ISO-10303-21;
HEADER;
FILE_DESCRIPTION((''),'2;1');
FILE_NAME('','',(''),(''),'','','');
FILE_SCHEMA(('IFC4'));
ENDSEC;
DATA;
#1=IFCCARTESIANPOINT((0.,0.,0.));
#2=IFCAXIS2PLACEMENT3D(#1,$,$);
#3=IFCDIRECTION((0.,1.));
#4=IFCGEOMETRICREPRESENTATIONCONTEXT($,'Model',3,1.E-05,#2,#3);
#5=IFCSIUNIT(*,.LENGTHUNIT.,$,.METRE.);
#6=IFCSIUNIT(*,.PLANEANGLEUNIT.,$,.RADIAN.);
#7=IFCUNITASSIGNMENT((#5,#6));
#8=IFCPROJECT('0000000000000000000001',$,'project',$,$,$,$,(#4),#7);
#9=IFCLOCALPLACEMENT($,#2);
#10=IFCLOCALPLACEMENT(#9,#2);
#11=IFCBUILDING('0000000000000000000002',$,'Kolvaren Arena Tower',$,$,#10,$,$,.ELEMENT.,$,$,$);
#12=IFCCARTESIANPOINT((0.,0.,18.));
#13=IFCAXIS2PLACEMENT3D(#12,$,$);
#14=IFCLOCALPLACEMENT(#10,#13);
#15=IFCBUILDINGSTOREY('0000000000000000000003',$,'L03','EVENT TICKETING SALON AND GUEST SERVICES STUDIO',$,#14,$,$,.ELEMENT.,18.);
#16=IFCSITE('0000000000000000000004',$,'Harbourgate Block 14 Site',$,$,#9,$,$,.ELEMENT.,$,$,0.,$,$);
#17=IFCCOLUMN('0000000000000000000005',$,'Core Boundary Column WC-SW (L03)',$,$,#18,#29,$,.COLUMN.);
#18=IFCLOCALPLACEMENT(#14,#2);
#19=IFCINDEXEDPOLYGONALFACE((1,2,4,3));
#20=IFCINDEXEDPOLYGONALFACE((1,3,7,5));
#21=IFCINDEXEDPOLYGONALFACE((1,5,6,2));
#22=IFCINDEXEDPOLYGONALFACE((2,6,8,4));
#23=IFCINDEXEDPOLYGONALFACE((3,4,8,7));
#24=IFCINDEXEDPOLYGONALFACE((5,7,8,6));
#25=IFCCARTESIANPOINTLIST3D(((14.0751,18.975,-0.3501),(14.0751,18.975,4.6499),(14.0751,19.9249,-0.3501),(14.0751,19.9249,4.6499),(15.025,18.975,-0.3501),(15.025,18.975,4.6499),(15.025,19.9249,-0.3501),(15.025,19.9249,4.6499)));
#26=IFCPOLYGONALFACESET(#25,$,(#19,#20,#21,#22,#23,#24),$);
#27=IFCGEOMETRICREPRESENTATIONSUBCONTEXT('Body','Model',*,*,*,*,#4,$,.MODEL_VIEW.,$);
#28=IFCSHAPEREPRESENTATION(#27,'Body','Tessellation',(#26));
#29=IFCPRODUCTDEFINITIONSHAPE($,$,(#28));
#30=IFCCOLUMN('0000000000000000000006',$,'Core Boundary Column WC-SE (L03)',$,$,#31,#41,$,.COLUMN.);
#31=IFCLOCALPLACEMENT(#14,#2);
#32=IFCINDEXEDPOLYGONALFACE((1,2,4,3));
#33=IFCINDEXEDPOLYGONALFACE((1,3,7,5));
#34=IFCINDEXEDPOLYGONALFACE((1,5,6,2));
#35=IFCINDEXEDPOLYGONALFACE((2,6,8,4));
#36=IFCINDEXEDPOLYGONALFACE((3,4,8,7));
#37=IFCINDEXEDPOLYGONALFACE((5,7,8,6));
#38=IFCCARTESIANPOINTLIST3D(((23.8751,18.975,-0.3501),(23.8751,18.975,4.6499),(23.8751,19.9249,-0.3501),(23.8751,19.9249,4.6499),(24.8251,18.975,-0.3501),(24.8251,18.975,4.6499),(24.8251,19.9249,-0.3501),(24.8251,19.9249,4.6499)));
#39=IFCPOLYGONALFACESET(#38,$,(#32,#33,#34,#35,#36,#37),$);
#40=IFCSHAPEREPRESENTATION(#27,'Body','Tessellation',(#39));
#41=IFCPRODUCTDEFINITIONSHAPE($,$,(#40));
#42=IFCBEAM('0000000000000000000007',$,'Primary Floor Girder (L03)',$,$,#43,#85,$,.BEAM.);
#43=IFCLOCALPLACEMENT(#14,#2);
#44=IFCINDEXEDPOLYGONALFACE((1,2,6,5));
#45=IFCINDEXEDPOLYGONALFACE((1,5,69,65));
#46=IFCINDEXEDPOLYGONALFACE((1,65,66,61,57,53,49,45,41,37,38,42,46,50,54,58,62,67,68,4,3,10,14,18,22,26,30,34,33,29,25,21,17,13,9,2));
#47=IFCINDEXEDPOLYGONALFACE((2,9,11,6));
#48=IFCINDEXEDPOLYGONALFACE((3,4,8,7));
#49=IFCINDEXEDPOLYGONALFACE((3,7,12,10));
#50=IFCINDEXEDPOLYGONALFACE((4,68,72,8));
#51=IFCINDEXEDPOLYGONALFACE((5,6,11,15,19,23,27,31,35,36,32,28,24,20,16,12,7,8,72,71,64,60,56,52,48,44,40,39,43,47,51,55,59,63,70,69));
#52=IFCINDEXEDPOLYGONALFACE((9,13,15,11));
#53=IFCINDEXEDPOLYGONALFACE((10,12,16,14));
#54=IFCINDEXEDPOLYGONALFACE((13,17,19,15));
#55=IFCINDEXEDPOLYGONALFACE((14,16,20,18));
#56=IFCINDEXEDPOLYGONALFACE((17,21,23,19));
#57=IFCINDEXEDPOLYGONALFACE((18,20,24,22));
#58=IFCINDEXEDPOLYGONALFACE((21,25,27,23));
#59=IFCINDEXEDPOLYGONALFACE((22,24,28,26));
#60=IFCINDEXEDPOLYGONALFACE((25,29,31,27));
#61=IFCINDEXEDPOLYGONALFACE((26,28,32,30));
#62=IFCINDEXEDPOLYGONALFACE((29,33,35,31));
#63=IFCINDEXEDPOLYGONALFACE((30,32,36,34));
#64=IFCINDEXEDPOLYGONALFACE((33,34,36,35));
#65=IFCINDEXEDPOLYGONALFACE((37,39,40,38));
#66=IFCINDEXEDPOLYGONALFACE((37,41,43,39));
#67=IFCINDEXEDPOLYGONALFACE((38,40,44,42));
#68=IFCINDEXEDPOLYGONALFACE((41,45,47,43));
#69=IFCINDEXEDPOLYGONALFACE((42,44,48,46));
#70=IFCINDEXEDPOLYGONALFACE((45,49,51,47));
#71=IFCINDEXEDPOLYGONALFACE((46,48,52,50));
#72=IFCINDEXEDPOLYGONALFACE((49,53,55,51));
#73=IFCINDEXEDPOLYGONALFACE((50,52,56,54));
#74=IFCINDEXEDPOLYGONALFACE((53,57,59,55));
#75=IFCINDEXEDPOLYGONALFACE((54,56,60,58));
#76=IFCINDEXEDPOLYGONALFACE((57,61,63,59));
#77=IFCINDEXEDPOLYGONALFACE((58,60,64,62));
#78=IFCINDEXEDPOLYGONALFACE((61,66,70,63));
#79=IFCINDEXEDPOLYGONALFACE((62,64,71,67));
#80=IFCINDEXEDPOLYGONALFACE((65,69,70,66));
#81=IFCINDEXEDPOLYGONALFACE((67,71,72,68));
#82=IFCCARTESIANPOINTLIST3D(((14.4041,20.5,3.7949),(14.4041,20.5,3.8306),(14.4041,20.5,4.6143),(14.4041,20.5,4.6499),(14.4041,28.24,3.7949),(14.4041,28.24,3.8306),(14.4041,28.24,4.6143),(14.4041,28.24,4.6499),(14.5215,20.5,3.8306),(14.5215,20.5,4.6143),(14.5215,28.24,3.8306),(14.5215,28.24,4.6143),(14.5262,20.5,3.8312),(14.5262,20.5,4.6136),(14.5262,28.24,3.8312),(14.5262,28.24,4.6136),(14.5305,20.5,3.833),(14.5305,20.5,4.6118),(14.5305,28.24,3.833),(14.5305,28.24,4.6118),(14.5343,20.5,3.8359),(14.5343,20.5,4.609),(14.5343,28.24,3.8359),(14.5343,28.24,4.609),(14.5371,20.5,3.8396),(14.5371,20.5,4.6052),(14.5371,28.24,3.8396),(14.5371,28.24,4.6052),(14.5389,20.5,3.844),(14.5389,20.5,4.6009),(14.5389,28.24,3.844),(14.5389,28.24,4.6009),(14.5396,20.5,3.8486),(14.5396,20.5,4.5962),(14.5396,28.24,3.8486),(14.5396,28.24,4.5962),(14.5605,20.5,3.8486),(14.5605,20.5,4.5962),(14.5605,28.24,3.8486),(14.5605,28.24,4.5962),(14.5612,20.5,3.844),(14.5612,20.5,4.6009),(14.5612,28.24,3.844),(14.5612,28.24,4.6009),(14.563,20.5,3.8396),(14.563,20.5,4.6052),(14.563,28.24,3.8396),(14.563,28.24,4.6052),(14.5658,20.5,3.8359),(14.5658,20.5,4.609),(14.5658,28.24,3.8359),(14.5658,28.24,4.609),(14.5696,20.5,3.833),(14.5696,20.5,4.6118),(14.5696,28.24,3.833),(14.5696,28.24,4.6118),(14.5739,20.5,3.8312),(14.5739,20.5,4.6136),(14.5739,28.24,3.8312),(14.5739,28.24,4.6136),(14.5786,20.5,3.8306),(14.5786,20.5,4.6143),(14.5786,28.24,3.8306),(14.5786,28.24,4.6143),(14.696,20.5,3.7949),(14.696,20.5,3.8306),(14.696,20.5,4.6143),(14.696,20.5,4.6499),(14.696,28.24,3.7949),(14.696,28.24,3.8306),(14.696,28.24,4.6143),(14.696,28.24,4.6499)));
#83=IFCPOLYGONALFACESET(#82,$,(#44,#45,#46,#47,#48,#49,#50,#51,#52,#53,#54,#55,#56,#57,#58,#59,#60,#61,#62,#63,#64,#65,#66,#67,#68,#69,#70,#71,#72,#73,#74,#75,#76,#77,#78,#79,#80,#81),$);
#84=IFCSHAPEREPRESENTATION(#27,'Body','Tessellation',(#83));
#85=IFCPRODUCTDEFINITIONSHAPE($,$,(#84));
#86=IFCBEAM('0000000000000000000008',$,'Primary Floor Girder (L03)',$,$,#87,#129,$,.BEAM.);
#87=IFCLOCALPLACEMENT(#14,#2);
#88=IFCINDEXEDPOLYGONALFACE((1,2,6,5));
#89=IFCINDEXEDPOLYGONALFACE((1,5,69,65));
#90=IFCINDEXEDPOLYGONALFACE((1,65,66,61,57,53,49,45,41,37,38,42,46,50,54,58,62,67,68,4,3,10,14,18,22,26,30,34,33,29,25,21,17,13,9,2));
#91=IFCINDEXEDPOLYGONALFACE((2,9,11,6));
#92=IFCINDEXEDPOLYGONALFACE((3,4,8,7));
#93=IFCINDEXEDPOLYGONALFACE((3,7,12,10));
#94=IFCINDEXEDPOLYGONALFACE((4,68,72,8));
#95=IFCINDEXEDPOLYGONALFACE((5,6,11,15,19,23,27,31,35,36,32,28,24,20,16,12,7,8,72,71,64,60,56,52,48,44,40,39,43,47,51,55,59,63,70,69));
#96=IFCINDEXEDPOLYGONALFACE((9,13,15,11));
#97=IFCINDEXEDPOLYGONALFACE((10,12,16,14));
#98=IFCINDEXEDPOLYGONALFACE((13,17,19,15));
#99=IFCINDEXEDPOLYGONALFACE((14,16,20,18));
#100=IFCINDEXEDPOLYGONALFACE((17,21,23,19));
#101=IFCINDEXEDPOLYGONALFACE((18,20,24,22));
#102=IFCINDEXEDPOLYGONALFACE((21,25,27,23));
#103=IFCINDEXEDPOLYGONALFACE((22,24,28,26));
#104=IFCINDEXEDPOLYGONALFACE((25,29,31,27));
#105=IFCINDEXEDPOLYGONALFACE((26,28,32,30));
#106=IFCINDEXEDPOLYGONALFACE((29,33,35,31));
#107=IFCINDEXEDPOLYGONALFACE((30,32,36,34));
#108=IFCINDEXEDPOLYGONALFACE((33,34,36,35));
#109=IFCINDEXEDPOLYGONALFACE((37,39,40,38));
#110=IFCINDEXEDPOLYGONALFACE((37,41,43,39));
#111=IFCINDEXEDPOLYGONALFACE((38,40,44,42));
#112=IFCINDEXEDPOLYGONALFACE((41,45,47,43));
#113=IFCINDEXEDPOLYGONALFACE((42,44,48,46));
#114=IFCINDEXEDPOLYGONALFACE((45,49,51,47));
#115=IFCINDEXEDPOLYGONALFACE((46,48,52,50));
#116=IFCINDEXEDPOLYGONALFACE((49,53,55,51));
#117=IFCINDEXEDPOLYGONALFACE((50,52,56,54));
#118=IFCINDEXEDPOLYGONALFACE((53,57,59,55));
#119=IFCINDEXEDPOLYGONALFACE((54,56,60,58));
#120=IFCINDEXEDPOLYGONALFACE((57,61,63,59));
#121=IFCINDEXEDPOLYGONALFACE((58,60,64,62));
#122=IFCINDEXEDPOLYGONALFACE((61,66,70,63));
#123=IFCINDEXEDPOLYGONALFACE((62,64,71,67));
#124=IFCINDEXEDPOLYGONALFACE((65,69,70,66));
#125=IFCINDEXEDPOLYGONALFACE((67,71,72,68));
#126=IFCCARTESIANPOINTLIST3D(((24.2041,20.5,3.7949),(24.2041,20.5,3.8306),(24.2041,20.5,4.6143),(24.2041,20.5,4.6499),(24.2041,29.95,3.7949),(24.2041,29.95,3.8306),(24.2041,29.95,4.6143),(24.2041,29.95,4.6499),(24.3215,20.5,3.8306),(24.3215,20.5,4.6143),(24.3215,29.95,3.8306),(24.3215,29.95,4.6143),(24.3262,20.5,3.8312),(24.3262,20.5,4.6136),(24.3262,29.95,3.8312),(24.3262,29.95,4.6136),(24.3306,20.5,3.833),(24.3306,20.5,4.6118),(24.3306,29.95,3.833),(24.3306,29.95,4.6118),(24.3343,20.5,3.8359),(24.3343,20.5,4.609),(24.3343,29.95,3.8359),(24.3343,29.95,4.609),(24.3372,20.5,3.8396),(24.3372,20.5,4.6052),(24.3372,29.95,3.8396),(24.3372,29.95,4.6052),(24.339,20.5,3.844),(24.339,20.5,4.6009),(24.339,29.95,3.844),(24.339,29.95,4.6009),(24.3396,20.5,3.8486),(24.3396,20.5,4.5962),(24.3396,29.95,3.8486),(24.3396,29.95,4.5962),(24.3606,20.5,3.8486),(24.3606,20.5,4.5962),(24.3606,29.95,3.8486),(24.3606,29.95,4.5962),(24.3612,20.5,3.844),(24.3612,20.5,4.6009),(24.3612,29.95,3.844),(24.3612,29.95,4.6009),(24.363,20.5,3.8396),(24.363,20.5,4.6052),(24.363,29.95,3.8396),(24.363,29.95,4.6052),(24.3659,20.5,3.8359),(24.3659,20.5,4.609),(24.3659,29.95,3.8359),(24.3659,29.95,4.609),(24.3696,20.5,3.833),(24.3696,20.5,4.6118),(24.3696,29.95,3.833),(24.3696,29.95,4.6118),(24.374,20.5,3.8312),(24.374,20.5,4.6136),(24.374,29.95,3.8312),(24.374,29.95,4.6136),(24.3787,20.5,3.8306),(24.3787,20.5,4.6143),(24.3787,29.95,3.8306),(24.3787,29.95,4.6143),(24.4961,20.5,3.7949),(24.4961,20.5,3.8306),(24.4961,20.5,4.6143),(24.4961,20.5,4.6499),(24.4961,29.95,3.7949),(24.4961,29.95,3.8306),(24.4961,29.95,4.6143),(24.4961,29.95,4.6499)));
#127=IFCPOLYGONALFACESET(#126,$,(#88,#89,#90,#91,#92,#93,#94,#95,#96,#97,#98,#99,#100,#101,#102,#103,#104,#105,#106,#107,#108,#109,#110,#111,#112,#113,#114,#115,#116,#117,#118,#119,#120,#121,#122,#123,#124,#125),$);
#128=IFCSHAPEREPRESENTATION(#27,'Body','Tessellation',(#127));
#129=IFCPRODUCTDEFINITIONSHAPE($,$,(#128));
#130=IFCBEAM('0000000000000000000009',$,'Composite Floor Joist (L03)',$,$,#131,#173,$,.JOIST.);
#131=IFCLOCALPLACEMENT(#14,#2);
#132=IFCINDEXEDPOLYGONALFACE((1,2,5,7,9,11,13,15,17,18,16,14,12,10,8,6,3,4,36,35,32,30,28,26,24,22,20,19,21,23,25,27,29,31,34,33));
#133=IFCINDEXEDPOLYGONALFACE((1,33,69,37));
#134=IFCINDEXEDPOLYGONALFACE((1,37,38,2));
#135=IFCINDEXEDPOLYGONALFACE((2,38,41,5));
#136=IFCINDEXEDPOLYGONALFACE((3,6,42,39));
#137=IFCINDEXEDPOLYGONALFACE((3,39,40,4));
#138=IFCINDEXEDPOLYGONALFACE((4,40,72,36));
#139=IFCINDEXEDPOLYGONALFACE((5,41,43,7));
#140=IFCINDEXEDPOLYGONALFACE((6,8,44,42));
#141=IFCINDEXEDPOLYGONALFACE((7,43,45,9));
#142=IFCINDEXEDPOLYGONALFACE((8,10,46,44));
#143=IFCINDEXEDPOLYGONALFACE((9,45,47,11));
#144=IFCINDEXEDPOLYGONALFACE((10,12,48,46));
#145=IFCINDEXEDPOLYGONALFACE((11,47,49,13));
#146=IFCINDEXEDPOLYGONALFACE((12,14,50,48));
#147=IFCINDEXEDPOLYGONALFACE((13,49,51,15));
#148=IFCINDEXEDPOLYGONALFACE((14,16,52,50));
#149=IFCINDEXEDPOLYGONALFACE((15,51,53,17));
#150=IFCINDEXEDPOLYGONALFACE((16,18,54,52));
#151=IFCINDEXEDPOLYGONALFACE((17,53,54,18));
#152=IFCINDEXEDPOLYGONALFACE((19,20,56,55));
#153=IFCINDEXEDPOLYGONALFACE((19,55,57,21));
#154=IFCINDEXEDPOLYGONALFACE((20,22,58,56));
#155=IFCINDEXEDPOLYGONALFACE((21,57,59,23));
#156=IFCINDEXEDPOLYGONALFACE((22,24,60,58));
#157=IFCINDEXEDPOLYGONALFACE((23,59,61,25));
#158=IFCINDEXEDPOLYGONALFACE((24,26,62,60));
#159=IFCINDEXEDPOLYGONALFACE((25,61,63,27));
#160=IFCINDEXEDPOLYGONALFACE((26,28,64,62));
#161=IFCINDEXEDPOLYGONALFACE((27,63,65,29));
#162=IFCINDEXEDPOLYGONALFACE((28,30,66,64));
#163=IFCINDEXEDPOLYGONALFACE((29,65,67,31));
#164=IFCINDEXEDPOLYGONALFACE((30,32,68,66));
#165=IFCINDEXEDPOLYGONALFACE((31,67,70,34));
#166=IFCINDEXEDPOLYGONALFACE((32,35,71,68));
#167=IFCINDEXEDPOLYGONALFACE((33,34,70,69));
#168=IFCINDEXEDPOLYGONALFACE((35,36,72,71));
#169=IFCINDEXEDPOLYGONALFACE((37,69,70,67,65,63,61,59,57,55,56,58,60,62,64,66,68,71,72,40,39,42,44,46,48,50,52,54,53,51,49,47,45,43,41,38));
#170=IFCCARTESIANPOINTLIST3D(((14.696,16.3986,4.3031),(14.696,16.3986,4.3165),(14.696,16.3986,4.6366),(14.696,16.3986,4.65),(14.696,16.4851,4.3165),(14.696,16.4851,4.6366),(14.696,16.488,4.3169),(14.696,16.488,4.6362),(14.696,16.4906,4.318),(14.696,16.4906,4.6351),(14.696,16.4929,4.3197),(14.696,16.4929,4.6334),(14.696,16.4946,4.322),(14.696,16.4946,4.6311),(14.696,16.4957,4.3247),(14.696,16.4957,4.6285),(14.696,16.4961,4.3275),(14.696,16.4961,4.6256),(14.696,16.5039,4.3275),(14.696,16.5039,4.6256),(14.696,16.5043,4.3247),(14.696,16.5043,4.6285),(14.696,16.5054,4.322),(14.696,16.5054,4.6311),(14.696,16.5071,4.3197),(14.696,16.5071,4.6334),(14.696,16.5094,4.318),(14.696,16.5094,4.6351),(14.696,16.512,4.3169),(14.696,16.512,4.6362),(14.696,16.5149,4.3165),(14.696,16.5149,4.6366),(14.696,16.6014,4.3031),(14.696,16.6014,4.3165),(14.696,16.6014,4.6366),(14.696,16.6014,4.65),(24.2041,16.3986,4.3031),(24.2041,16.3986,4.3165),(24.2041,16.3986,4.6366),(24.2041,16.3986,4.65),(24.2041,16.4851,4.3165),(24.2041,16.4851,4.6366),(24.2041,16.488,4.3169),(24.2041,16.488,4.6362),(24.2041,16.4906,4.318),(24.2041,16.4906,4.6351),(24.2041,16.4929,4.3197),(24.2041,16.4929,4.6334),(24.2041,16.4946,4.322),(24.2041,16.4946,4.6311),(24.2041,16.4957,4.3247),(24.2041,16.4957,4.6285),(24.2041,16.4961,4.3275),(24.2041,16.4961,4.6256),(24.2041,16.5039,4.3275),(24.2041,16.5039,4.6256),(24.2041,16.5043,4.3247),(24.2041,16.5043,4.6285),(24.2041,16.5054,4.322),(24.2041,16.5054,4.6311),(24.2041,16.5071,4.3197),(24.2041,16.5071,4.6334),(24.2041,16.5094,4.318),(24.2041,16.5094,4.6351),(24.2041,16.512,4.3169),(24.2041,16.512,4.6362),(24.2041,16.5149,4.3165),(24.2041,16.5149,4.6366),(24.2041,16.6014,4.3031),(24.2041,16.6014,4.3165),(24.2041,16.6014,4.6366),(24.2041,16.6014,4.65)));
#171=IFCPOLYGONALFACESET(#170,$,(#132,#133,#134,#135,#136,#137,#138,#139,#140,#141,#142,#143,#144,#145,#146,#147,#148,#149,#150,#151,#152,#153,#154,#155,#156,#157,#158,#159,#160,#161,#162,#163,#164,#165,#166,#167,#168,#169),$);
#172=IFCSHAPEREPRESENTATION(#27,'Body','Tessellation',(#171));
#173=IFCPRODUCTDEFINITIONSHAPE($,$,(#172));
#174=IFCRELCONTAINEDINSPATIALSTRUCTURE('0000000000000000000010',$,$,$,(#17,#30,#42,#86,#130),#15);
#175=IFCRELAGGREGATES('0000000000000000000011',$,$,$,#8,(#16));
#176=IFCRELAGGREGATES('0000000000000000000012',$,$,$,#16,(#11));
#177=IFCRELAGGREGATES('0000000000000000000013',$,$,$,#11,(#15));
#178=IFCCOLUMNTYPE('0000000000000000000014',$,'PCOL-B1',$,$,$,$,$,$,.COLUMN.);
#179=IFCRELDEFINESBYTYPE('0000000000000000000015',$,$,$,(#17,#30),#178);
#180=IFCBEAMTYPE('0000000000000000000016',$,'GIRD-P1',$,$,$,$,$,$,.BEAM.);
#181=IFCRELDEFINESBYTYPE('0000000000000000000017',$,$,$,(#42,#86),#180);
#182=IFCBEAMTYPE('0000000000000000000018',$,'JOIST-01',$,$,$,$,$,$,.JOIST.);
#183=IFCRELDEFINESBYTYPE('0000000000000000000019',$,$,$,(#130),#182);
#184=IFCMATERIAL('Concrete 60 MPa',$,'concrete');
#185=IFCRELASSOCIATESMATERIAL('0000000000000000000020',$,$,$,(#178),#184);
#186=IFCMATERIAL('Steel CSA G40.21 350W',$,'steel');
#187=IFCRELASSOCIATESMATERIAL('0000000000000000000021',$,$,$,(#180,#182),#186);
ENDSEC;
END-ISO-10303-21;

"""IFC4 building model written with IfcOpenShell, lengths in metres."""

from ifc_helpers import new_model, si_unit, direction, frame, origin, origin_2d, place, context, subcontext, project, spatial, rectangle, i_section, extrude, material, material_profile, profile_set, type_object, element, save


model = new_model("IFC4")

# Units and contexts
model_context = context("Model", 3, precision=1e-05, world=origin(), true_north=direction((0.0, 1.0)))
body_context = subcontext(model_context, "Body", "Model", "MODEL_VIEW")
ifc_project = project(units=[si_unit("LENGTHUNIT", "METRE"), si_unit("PLANEANGLEUNIT", "RADIAN")], contexts=[model_context])

# Site, building, storey
site_placement = place(None, origin())
site = spatial("IfcSite", under=ifc_project, at=site_placement, Name="Harbourgate Block 14 Site", CompositionType="ELEMENT", RefElevation=0.0)
building_placement = place(site_placement, origin())
building = spatial("IfcBuilding", under=site, at=building_placement, Name="Kolvaren Arena Tower", CompositionType="ELEMENT")
storey_placement = place(building_placement, frame((0.0, 0.0, 18.0)))
storey = spatial("IfcBuildingStorey", under=building, at=storey_placement, Name="L03", Description="EVENT TICKETING SALON AND GUEST SERVICES STUDIO", CompositionType="ELEMENT", Elevation=18.0)

# Columns
ifc_material_1 = material(Name="Concrete 60 MPa", Category="concrete")
ifc_material_profile_1 = material_profile(ifc_material_1, rectangle(XDim=0.95, YDim=0.95, at=origin_2d()), Name="RC-950x950")
ifc_profile_set_1 = profile_set([ifc_material_profile_1], Name="Concrete 60 MPa")
column_type = type_object("IfcColumnType", Name="PCOL-B1", PredefinedType="COLUMN", material=ifc_profile_set_1)
for number, where, z_axis, x_axis, name in (
    (1, (14.55, 19.45, -0.3501), (0.0, 0.0, 1.0), (1.0, 0.0, 0.0), "Core Boundary Column WC-SW (L03)"),
    (2, (24.3501, 19.45, -0.3501), (0.0, 0.0, 1.0), (1.0, 0.0, 0.0), "Core Boundary Column WC-SE (L03)"),
):
    element("IfcColumn", number, at=place(storey_placement, frame(where, z_axis=z_axis, x_axis=x_axis)), inside=storey, type_object=column_type, Name=name, PredefinedType="COLUMN", context=body_context, shape_type="SweptSolid", body=[
        extrude(rectangle(XDim=0.95, YDim=0.95, at=origin_2d()), origin(), (0.0, 0.0, 1.0), 5.0),
    ])

# Beams
ifc_material_2 = material(Name="Steel CSA G40.21 350W", Category="steel")
ifc_material_profile_2 = material_profile(ifc_material_2, i_section(OverallWidth=0.292, OverallDepth=0.855, WebThickness=0.021, FlangeThickness=0.0356, FilletRadius=0.0181, at=origin_2d()), Name="W840x299")
ifc_profile_set_2 = profile_set([ifc_material_profile_2], Name="Steel CSA G40.21 350W")
beam_type_1 = type_object("IfcBeamType", Name="GIRD-P1", PredefinedType="BEAM", material=ifc_profile_set_2)
beam_1_placement = place(storey_placement, frame((14.55, 20.5, 4.2224), z_axis=(0.0, 1.0, 0.0), x_axis=(-1.0, 0.0, 0.0)))
element("IfcBeam", 3, at=beam_1_placement, inside=storey, type_object=beam_type_1, Name="Primary Floor Girder (L03)", PredefinedType="BEAM", context=body_context, shape_type="SweptSolid", body=[
    extrude(i_section(OverallWidth=0.292, OverallDepth=0.855, WebThickness=0.021, FlangeThickness=0.0356, FilletRadius=0.0181, at=origin_2d()), origin(), (0.0, 0.0, 1.0), 7.74),
])
beam_2_placement = place(storey_placement, frame((24.3501, 20.5, 4.2224), z_axis=(0.0, 1.0, 0.0), x_axis=(-1.0, 0.0, 0.0)))
element("IfcBeam", 4, at=beam_2_placement, inside=storey, type_object=beam_type_1, Name="Primary Floor Girder (L03)", PredefinedType="BEAM", context=body_context, shape_type="SweptSolid", body=[
    extrude(i_section(OverallWidth=0.292, OverallDepth=0.855, WebThickness=0.021, FlangeThickness=0.0356, FilletRadius=0.0181, at=origin_2d()), origin(), (0.0, 0.0, 1.0), 9.45),
])
ifc_material_profile_3 = material_profile(ifc_material_2, i_section(OverallWidth=0.2029, OverallDepth=0.3469, WebThickness=0.0078, FlangeThickness=0.0134, FilletRadius=0.011, at=origin_2d()), Name="W360x64")
ifc_profile_set_3 = profile_set([ifc_material_profile_3], Name="Steel CSA G40.21 350W")
beam_type_2 = type_object("IfcBeamType", Name="JOIST-01", PredefinedType="JOIST", material=ifc_profile_set_3)
beam_3_placement = place(storey_placement, frame((14.696, 16.5, 4.4766), z_axis=(1.0, 0.0, 0.0), x_axis=(0.0, 1.0, 0.0)))
element("IfcBeam", 5, at=beam_3_placement, inside=storey, type_object=beam_type_2, Name="Composite Floor Joist (L03)", PredefinedType="JOIST", context=body_context, shape_type="SweptSolid", body=[
    extrude(i_section(OverallWidth=0.2029, OverallDepth=0.3469, WebThickness=0.0078, FlangeThickness=0.0134, FilletRadius=0.011, at=origin_2d()), origin(), (0.0, 0.0, 1.0), 9.5081),
])

save(model, "model.ifc")
